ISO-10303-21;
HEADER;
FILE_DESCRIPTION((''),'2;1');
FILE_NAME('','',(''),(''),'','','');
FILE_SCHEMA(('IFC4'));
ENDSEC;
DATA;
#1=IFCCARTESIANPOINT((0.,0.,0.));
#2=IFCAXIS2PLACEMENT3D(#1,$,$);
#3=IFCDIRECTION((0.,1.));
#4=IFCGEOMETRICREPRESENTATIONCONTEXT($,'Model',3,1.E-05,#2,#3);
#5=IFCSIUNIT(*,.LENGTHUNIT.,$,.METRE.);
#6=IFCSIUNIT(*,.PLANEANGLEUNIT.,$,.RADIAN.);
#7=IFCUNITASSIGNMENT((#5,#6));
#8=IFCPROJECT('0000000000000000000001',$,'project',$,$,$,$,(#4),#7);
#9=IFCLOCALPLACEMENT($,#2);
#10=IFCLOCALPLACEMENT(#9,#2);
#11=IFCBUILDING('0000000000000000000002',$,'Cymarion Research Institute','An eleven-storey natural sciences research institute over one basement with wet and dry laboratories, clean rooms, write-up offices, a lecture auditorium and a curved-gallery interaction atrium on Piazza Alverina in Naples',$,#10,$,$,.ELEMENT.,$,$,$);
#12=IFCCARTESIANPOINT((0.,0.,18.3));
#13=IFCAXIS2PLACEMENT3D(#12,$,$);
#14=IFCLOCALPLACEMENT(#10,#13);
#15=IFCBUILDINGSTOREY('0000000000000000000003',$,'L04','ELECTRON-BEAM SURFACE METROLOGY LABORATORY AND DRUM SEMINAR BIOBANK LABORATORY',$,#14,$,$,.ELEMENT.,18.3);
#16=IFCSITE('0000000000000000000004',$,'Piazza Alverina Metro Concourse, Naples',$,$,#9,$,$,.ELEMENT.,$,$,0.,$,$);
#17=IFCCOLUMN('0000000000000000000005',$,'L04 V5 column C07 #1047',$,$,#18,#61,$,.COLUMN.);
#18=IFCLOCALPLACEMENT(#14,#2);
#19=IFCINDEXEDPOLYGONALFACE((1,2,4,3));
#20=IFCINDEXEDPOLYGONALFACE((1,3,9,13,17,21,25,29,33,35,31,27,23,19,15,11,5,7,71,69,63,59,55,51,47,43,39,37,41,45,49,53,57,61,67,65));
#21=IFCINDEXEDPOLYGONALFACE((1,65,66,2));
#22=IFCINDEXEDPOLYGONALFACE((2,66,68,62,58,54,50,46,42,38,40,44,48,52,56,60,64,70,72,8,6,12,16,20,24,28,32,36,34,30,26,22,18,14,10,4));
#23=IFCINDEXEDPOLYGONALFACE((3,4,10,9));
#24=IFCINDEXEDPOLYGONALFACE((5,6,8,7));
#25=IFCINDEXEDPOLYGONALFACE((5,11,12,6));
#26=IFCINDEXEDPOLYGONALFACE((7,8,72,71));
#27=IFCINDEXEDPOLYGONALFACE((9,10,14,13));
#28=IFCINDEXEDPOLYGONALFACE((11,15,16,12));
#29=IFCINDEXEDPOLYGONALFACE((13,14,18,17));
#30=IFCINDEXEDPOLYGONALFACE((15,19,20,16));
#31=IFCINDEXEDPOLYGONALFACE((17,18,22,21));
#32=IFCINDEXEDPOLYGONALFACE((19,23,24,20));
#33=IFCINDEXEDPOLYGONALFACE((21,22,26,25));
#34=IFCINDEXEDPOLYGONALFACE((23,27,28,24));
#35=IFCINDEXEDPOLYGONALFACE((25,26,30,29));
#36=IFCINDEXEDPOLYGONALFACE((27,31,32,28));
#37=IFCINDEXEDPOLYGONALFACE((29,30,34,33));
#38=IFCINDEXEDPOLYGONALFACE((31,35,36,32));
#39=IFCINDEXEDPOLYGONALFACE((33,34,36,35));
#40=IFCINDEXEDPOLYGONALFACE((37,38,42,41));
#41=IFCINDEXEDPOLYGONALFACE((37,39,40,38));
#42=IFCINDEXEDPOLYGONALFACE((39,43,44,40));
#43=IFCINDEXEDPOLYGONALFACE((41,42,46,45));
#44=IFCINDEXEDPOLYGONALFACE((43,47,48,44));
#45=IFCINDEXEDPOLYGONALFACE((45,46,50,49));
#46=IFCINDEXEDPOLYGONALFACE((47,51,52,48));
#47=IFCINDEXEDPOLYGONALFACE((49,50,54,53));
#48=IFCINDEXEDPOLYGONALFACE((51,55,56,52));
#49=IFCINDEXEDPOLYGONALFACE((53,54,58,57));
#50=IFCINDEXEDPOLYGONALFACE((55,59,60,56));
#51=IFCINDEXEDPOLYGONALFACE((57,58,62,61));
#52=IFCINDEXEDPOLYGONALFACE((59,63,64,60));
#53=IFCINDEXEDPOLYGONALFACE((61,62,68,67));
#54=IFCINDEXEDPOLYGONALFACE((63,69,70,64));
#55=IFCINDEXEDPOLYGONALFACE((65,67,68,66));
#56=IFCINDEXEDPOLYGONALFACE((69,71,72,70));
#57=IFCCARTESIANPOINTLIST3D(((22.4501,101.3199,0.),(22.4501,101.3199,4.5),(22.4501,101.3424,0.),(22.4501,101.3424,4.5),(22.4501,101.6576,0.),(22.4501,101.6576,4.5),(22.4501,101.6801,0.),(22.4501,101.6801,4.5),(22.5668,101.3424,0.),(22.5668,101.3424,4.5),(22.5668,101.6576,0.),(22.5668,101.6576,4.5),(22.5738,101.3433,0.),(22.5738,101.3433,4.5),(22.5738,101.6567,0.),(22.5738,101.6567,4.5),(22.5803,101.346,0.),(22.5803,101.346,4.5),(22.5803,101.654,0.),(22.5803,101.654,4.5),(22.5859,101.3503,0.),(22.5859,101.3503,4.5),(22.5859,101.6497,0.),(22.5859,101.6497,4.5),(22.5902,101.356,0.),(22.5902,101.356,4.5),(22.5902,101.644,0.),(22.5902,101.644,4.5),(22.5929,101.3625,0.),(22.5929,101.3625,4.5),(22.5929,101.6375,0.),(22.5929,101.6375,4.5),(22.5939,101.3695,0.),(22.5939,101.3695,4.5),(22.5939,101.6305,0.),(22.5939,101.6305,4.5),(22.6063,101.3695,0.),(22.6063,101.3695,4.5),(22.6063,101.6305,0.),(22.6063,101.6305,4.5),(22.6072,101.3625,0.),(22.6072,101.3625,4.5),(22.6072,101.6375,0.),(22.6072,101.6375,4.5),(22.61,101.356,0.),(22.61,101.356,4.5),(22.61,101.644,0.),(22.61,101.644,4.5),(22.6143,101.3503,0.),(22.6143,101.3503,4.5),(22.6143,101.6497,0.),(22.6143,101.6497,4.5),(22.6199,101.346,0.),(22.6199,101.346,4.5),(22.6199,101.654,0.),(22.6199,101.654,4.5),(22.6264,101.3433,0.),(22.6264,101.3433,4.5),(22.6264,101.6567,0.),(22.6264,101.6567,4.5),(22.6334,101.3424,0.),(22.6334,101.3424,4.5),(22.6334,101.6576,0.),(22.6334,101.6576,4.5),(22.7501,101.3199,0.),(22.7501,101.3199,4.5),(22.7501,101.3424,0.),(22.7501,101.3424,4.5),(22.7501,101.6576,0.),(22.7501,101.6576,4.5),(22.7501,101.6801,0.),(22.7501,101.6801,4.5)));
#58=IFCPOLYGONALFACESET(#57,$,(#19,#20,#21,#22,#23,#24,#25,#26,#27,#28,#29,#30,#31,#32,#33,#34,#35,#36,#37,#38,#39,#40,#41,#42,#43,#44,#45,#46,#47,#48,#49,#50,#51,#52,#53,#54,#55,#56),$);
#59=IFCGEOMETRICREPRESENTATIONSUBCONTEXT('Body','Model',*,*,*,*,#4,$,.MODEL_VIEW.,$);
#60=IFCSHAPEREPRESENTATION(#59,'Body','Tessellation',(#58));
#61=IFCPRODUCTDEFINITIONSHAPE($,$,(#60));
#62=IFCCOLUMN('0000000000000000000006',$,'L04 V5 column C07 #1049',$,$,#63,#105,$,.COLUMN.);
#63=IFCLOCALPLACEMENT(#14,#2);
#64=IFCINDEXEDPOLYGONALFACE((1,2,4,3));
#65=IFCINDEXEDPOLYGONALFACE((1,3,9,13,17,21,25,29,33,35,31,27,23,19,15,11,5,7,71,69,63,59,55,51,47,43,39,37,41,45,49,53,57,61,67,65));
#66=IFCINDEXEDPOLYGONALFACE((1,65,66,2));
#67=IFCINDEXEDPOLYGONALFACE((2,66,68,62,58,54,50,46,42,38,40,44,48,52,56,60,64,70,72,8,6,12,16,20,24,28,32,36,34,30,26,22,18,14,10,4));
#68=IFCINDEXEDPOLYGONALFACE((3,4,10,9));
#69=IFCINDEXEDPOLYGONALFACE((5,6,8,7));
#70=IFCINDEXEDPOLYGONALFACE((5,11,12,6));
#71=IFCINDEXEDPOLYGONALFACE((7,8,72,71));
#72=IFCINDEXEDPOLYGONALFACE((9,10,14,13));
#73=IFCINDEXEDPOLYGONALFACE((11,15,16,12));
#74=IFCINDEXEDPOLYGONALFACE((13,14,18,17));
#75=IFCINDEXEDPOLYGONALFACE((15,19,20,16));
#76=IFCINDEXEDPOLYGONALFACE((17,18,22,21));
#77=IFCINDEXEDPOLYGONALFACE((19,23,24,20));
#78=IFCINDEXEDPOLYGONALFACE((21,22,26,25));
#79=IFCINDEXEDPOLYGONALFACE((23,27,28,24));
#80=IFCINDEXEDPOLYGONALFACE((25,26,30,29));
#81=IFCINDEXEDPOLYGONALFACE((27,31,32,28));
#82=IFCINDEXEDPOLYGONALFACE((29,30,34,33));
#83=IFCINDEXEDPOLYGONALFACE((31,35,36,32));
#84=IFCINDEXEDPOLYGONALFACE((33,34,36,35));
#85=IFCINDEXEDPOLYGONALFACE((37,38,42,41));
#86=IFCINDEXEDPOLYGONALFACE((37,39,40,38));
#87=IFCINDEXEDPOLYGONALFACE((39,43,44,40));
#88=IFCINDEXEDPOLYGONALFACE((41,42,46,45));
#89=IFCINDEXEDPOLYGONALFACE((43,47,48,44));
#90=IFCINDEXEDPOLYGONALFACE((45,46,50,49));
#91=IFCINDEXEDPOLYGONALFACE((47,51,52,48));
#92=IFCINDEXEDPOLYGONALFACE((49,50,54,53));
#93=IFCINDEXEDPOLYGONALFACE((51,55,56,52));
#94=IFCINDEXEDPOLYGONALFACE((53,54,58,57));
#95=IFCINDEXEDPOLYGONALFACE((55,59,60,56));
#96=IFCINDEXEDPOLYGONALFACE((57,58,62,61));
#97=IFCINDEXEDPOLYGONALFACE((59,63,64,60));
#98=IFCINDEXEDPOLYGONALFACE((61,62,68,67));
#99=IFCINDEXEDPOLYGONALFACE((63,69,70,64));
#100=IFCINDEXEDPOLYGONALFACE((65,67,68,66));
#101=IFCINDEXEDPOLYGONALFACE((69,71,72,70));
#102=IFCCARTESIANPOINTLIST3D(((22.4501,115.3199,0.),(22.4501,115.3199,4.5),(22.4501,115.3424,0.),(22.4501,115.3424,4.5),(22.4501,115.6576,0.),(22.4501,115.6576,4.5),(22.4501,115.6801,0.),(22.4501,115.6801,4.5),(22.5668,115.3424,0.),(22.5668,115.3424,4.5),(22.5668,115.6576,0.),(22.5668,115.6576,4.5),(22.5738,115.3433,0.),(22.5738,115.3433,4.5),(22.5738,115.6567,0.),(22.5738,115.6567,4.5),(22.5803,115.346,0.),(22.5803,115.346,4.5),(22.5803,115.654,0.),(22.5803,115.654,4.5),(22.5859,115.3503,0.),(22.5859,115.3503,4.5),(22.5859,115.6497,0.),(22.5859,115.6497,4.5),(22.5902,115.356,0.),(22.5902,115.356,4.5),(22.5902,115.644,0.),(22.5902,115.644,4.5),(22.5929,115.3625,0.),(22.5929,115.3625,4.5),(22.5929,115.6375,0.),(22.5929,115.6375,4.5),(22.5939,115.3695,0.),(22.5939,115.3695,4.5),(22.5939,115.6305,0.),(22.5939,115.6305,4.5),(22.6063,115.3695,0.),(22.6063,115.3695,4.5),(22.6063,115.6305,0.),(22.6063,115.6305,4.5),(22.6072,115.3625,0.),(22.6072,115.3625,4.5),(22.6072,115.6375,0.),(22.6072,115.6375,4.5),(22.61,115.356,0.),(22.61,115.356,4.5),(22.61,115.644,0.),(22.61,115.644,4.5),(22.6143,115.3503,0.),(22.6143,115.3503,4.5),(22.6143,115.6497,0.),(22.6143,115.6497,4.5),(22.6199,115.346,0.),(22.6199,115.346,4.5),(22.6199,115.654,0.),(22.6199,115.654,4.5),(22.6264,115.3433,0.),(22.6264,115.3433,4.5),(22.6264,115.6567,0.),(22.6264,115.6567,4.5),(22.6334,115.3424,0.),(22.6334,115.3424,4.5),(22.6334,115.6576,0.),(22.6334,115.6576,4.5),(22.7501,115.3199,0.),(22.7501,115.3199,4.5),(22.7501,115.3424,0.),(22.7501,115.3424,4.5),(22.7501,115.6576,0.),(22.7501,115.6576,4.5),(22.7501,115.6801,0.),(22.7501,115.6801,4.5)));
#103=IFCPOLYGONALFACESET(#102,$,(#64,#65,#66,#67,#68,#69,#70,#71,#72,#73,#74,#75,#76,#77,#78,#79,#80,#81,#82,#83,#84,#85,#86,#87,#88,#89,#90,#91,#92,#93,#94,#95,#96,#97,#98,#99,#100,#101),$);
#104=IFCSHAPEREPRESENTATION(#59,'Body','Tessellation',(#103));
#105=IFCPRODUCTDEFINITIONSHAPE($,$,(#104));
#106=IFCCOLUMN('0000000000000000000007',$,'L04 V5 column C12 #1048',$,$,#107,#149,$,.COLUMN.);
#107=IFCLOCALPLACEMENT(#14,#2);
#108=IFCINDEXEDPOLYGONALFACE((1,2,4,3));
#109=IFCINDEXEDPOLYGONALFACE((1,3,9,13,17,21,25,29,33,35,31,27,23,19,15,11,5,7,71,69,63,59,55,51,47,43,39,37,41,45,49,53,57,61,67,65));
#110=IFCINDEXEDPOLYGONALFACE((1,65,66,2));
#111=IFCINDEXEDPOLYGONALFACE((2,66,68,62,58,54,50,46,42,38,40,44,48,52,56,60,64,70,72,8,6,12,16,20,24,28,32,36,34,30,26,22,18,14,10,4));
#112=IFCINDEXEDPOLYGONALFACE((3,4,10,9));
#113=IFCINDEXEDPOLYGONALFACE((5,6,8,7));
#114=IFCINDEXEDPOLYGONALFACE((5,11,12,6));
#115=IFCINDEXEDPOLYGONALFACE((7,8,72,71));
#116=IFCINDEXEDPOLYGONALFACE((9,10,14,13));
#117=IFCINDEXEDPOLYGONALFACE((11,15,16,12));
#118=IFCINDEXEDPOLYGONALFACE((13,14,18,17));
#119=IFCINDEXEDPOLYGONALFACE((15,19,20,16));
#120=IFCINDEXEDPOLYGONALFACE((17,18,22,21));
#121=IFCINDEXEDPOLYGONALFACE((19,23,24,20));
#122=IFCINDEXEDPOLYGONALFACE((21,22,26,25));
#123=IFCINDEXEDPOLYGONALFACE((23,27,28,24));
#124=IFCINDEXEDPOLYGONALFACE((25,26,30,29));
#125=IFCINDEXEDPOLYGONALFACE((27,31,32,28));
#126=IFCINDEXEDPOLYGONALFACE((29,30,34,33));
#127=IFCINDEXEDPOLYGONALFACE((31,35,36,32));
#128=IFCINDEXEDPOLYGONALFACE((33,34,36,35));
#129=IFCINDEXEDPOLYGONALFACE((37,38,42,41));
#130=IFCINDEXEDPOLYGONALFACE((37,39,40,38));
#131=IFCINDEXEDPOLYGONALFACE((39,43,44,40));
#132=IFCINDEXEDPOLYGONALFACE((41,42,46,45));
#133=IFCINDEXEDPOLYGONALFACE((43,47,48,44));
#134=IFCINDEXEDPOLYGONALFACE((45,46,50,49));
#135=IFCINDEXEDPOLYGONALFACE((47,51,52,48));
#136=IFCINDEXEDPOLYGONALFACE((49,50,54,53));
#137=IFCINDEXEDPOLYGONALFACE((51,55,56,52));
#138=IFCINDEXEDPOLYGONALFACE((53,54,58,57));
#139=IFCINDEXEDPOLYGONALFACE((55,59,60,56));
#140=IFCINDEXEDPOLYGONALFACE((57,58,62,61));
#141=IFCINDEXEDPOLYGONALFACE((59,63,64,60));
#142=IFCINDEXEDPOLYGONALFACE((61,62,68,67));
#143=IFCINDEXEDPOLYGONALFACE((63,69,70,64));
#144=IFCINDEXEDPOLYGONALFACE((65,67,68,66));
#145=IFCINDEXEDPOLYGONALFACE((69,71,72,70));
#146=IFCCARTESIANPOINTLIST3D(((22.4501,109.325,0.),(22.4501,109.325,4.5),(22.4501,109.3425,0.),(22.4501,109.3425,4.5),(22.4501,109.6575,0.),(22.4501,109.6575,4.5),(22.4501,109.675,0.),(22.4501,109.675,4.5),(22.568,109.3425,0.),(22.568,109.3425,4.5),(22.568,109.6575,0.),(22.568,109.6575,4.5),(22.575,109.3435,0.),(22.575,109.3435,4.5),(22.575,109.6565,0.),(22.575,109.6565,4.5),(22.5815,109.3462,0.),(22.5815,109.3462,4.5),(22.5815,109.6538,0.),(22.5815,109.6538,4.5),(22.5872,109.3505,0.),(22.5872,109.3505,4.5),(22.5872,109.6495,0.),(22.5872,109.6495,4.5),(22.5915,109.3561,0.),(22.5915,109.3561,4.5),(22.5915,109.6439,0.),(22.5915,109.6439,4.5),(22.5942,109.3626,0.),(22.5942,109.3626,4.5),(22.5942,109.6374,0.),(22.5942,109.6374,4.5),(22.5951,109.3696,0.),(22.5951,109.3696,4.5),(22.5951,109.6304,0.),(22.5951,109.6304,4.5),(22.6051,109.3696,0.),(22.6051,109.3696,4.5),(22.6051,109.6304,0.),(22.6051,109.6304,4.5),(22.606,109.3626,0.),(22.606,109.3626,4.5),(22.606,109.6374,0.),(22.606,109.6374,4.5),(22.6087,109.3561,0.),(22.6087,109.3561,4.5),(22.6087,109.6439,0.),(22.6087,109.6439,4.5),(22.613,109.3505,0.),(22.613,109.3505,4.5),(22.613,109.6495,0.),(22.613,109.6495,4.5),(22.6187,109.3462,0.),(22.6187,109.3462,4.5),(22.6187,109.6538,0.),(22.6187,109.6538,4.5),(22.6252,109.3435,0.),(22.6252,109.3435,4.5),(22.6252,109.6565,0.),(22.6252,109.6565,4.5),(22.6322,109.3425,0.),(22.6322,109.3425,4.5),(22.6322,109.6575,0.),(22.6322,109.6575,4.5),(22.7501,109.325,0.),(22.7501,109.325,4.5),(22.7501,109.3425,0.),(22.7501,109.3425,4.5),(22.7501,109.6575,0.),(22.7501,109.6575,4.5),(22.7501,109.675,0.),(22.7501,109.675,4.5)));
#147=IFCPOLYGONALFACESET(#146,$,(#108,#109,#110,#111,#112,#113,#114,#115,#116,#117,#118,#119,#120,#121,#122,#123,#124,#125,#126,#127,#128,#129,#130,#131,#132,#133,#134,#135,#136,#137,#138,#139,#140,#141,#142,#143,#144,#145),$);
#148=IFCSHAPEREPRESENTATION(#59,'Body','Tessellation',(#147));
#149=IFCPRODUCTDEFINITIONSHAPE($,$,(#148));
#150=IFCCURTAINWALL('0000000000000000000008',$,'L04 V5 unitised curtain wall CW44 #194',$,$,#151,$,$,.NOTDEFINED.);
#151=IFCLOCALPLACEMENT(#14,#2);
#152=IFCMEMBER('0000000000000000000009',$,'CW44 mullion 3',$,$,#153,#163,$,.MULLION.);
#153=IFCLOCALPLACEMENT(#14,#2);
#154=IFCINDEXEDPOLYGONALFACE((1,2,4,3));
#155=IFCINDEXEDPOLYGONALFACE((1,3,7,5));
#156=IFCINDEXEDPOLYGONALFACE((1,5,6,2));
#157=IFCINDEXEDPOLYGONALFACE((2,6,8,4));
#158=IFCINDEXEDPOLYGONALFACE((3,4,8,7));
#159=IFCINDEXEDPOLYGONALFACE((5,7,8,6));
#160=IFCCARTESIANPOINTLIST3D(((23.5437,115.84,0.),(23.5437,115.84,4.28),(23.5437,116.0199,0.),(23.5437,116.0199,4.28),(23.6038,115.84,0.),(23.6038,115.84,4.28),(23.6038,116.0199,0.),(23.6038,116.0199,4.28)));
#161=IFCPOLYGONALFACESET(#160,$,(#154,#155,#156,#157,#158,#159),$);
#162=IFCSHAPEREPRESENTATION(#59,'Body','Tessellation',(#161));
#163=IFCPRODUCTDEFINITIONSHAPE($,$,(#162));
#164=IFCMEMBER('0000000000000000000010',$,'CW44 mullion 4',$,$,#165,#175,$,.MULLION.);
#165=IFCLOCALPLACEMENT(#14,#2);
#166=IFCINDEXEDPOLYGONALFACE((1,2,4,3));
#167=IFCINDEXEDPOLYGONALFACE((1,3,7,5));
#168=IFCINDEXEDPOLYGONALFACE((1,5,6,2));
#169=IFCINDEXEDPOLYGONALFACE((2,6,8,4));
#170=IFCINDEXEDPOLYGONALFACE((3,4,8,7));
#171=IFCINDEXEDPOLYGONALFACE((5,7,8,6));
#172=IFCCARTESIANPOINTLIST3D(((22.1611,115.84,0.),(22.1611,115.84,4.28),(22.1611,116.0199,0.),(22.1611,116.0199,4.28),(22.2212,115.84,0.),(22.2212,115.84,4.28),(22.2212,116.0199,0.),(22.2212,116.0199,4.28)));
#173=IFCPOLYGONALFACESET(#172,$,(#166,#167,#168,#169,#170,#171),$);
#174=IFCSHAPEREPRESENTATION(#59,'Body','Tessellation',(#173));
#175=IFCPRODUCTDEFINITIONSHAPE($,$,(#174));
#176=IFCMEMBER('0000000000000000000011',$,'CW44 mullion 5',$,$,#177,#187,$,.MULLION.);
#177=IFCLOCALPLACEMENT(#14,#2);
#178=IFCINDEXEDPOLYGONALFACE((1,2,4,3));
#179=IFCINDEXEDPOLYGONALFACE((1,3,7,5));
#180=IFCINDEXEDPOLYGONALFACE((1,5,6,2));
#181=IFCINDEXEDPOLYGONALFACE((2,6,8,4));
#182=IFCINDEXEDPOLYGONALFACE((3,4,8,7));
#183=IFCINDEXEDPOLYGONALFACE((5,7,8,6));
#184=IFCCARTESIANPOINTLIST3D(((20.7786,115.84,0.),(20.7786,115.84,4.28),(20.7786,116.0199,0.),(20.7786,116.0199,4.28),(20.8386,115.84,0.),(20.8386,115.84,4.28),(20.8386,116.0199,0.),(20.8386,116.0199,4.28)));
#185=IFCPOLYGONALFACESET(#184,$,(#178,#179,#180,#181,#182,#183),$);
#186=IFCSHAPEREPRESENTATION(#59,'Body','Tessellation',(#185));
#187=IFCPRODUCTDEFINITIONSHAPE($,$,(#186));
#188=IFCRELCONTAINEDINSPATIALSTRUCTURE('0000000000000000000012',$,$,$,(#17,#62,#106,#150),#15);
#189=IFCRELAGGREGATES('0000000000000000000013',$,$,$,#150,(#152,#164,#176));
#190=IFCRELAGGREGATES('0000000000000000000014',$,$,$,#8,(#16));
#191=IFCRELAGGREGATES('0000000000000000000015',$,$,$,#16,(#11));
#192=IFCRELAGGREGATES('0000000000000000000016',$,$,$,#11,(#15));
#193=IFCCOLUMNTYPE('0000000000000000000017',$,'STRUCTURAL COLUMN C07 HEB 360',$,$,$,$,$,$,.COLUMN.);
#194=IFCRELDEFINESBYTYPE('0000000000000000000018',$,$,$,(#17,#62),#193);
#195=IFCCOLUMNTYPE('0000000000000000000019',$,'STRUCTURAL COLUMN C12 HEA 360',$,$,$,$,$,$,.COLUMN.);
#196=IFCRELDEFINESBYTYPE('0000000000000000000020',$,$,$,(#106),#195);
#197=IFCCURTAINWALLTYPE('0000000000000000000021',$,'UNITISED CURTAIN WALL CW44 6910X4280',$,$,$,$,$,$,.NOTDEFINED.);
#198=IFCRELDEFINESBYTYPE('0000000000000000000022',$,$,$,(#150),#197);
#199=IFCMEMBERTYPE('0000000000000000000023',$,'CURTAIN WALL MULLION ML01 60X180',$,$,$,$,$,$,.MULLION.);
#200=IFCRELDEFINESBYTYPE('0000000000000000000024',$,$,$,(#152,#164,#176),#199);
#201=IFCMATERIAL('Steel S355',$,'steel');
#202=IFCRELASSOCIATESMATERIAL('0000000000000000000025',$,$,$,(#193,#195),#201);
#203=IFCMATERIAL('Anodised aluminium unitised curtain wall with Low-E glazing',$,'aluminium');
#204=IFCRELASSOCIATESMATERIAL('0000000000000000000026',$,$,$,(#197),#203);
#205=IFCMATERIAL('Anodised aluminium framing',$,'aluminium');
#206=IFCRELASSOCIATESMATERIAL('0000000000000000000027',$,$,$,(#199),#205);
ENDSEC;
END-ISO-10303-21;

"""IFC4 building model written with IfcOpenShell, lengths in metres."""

from ifc_helpers import new_model, si_unit, direction, frame, origin, origin_2d, place, context, subcontext, project, spatial, rectangle, i_section, extrude, material, material_profile, profile_set, type_object, element, aggregate, save


model = new_model("IFC4")

# Units and contexts
model_context = context("Model", 3, precision=1e-05, world=origin(), true_north=direction((0.0, 1.0)))
body_context = subcontext(model_context, "Body", "Model", "MODEL_VIEW")
ifc_project = project(units=[si_unit("LENGTHUNIT", "METRE"), si_unit("PLANEANGLEUNIT", "RADIAN")], contexts=[model_context])

# Site, building, storey
site_placement = place(None, origin())
site = spatial("IfcSite", under=ifc_project, at=site_placement, Name="Piazza Alverina Metro Concourse, Naples", CompositionType="ELEMENT", RefElevation=0.0)
building_placement = place(site_placement, origin())
building = spatial("IfcBuilding", under=site, at=building_placement, Name="Cymarion Research Institute", Description="An eleven-storey natural sciences research institute over one basement with wet and dry laboratories, clean rooms, write-up offices, a lecture auditorium and a curved-gallery interaction atrium on Piazza Alverina in Naples", CompositionType="ELEMENT")
storey_placement = place(building_placement, frame((0.0, 0.0, 18.3)))
storey = spatial("IfcBuildingStorey", under=building, at=storey_placement, Name="L04", Description="ELECTRON-BEAM SURFACE METROLOGY LABORATORY AND DRUM SEMINAR BIOBANK LABORATORY", CompositionType="ELEMENT", Elevation=18.3)

# Columns
ifc_material_1 = material(Name="Steel S355", Category="steel")
ifc_material_profile_1 = material_profile(ifc_material_1, i_section(OverallWidth=0.3, OverallDepth=0.3601, WebThickness=0.0125, FlangeThickness=0.0225, FilletRadius=0.0271, at=origin_2d()), Name="HEB 360")
ifc_profile_set_1 = profile_set([ifc_material_profile_1], Name="Steel S355")
column_type_1 = type_object("IfcColumnType", Name="STRUCTURAL COLUMN C07 HEB 360", PredefinedType="COLUMN", material=ifc_profile_set_1)
for number, where, z_axis, x_axis, name in (
    (1, (22.6001, 101.5, 0.0), (0.0, 0.0, 1.0), (1.0, 0.0, 0.0), "L04 V5 column C07 #1047"),
    (2, (22.6001, 115.5, 0.0), (0.0, 0.0, 1.0), (1.0, 0.0, 0.0), "L04 V5 column C07 #1049"),
):
    element("IfcColumn", number, at=place(storey_placement, frame(where, z_axis=z_axis, x_axis=x_axis)), inside=storey, type_object=column_type_1, Name=name, PredefinedType="COLUMN", context=body_context, shape_type="SweptSolid", body=[
        extrude(i_section(OverallWidth=0.3, OverallDepth=0.3601, WebThickness=0.0125, FlangeThickness=0.0225, FilletRadius=0.0271, at=origin_2d()), origin(), (0.0, 0.0, 1.0), 4.5),
    ])
ifc_material_profile_2 = material_profile(ifc_material_1, i_section(OverallWidth=0.3, OverallDepth=0.3501, WebThickness=0.01, FlangeThickness=0.0176, FilletRadius=0.0271, at=origin_2d()), Name="HEA 360")
ifc_profile_set_2 = profile_set([ifc_material_profile_2], Name="Steel S355")
column_type_2 = type_object("IfcColumnType", Name="STRUCTURAL COLUMN C12 HEA 360", PredefinedType="COLUMN", material=ifc_profile_set_2)
column_placement = place(storey_placement, frame((22.6001, 109.5, 0.0), z_axis=(0.0, 0.0, 1.0), x_axis=(1.0, 0.0, 0.0)))
element("IfcColumn", 3, at=column_placement, inside=storey, type_object=column_type_2, Name="L04 V5 column C12 #1048", PredefinedType="COLUMN", context=body_context, shape_type="SweptSolid", body=[
    extrude(i_section(OverallWidth=0.3, OverallDepth=0.3501, WebThickness=0.01, FlangeThickness=0.0176, FilletRadius=0.0271, at=origin_2d()), origin(), (0.0, 0.0, 1.0), 4.5),
])

# Curtain wall, members
ifc_material_2 = material(Name="Anodised aluminium unitised curtain wall with Low-E glazing", Category="aluminium")
curtain_wall_type = type_object("IfcCurtainWallType", Name="UNITISED CURTAIN WALL CW44 6910X4280", PredefinedType="NOTDEFINED", material=ifc_material_2)
curtain_wall_placement = place(storey_placement, origin())
curtain_wall = element("IfcCurtainWall", 4, at=curtain_wall_placement, inside=storey, type_object=curtain_wall_type, Name="L04 V5 unitised curtain wall CW44 #194", PredefinedType="NOTDEFINED")
ifc_material_3 = material(Name="Anodised aluminium framing", Category="aluminium")
ifc_material_profile_3 = material_profile(ifc_material_3, rectangle(XDim=0.0601, YDim=0.1799, at=origin_2d()), Name="ALU MULLION 60x180")
ifc_profile_set_3 = profile_set([ifc_material_profile_3], Name="Anodised aluminium framing")
member_type_1 = type_object("IfcMemberType", Name="CURTAIN WALL MULLION ML01 60X180", PredefinedType="MULLION", material=ifc_profile_set_3)
member_1_placement = place(storey_placement, frame((23.5737, 115.9299, 0.0), z_axis=(0.0, 0.0, 1.0), x_axis=(-1.0, 0.0, 0.0)))
member_1 = element("IfcMember", 5, at=member_1_placement, type_object=member_type_1, Name="CW44 mullion 3", PredefinedType="MULLION", context=body_context, shape_type="SweptSolid", body=[
    extrude(rectangle(XDim=0.0601, YDim=0.1799, at=origin_2d()), origin(), (0.0, 0.0, 1.0), 4.28),
])
member_2_placement = place(storey_placement, frame((22.1912, 115.9299, 0.0), z_axis=(0.0, 0.0, 1.0), x_axis=(-1.0, 0.0, 0.0)))
member_2 = element("IfcMember", 6, at=member_2_placement, type_object=member_type_1, Name="CW44 mullion 4", PredefinedType="MULLION", context=body_context, shape_type="SweptSolid", body=[
    extrude(rectangle(XDim=0.0601, YDim=0.1799, at=origin_2d()), origin(), (0.0, 0.0, 1.0), 4.28),
])
member_3_placement = place(storey_placement, frame((20.8086, 115.9299, 0.0), z_axis=(0.0, 0.0, 1.0), x_axis=(-1.0, 0.0, 0.0)))
member_3 = element("IfcMember", 7, at=member_3_placement, type_object=member_type_1, Name="CW44 mullion 5", PredefinedType="MULLION", context=body_context, shape_type="SweptSolid", body=[
    extrude(rectangle(XDim=0.0601, YDim=0.1799, at=origin_2d()), origin(), (0.0, 0.0, 1.0), 4.28),
])

aggregate(curtain_wall, [member_1, member_2, member_3])

save(model, "model.ifc")
